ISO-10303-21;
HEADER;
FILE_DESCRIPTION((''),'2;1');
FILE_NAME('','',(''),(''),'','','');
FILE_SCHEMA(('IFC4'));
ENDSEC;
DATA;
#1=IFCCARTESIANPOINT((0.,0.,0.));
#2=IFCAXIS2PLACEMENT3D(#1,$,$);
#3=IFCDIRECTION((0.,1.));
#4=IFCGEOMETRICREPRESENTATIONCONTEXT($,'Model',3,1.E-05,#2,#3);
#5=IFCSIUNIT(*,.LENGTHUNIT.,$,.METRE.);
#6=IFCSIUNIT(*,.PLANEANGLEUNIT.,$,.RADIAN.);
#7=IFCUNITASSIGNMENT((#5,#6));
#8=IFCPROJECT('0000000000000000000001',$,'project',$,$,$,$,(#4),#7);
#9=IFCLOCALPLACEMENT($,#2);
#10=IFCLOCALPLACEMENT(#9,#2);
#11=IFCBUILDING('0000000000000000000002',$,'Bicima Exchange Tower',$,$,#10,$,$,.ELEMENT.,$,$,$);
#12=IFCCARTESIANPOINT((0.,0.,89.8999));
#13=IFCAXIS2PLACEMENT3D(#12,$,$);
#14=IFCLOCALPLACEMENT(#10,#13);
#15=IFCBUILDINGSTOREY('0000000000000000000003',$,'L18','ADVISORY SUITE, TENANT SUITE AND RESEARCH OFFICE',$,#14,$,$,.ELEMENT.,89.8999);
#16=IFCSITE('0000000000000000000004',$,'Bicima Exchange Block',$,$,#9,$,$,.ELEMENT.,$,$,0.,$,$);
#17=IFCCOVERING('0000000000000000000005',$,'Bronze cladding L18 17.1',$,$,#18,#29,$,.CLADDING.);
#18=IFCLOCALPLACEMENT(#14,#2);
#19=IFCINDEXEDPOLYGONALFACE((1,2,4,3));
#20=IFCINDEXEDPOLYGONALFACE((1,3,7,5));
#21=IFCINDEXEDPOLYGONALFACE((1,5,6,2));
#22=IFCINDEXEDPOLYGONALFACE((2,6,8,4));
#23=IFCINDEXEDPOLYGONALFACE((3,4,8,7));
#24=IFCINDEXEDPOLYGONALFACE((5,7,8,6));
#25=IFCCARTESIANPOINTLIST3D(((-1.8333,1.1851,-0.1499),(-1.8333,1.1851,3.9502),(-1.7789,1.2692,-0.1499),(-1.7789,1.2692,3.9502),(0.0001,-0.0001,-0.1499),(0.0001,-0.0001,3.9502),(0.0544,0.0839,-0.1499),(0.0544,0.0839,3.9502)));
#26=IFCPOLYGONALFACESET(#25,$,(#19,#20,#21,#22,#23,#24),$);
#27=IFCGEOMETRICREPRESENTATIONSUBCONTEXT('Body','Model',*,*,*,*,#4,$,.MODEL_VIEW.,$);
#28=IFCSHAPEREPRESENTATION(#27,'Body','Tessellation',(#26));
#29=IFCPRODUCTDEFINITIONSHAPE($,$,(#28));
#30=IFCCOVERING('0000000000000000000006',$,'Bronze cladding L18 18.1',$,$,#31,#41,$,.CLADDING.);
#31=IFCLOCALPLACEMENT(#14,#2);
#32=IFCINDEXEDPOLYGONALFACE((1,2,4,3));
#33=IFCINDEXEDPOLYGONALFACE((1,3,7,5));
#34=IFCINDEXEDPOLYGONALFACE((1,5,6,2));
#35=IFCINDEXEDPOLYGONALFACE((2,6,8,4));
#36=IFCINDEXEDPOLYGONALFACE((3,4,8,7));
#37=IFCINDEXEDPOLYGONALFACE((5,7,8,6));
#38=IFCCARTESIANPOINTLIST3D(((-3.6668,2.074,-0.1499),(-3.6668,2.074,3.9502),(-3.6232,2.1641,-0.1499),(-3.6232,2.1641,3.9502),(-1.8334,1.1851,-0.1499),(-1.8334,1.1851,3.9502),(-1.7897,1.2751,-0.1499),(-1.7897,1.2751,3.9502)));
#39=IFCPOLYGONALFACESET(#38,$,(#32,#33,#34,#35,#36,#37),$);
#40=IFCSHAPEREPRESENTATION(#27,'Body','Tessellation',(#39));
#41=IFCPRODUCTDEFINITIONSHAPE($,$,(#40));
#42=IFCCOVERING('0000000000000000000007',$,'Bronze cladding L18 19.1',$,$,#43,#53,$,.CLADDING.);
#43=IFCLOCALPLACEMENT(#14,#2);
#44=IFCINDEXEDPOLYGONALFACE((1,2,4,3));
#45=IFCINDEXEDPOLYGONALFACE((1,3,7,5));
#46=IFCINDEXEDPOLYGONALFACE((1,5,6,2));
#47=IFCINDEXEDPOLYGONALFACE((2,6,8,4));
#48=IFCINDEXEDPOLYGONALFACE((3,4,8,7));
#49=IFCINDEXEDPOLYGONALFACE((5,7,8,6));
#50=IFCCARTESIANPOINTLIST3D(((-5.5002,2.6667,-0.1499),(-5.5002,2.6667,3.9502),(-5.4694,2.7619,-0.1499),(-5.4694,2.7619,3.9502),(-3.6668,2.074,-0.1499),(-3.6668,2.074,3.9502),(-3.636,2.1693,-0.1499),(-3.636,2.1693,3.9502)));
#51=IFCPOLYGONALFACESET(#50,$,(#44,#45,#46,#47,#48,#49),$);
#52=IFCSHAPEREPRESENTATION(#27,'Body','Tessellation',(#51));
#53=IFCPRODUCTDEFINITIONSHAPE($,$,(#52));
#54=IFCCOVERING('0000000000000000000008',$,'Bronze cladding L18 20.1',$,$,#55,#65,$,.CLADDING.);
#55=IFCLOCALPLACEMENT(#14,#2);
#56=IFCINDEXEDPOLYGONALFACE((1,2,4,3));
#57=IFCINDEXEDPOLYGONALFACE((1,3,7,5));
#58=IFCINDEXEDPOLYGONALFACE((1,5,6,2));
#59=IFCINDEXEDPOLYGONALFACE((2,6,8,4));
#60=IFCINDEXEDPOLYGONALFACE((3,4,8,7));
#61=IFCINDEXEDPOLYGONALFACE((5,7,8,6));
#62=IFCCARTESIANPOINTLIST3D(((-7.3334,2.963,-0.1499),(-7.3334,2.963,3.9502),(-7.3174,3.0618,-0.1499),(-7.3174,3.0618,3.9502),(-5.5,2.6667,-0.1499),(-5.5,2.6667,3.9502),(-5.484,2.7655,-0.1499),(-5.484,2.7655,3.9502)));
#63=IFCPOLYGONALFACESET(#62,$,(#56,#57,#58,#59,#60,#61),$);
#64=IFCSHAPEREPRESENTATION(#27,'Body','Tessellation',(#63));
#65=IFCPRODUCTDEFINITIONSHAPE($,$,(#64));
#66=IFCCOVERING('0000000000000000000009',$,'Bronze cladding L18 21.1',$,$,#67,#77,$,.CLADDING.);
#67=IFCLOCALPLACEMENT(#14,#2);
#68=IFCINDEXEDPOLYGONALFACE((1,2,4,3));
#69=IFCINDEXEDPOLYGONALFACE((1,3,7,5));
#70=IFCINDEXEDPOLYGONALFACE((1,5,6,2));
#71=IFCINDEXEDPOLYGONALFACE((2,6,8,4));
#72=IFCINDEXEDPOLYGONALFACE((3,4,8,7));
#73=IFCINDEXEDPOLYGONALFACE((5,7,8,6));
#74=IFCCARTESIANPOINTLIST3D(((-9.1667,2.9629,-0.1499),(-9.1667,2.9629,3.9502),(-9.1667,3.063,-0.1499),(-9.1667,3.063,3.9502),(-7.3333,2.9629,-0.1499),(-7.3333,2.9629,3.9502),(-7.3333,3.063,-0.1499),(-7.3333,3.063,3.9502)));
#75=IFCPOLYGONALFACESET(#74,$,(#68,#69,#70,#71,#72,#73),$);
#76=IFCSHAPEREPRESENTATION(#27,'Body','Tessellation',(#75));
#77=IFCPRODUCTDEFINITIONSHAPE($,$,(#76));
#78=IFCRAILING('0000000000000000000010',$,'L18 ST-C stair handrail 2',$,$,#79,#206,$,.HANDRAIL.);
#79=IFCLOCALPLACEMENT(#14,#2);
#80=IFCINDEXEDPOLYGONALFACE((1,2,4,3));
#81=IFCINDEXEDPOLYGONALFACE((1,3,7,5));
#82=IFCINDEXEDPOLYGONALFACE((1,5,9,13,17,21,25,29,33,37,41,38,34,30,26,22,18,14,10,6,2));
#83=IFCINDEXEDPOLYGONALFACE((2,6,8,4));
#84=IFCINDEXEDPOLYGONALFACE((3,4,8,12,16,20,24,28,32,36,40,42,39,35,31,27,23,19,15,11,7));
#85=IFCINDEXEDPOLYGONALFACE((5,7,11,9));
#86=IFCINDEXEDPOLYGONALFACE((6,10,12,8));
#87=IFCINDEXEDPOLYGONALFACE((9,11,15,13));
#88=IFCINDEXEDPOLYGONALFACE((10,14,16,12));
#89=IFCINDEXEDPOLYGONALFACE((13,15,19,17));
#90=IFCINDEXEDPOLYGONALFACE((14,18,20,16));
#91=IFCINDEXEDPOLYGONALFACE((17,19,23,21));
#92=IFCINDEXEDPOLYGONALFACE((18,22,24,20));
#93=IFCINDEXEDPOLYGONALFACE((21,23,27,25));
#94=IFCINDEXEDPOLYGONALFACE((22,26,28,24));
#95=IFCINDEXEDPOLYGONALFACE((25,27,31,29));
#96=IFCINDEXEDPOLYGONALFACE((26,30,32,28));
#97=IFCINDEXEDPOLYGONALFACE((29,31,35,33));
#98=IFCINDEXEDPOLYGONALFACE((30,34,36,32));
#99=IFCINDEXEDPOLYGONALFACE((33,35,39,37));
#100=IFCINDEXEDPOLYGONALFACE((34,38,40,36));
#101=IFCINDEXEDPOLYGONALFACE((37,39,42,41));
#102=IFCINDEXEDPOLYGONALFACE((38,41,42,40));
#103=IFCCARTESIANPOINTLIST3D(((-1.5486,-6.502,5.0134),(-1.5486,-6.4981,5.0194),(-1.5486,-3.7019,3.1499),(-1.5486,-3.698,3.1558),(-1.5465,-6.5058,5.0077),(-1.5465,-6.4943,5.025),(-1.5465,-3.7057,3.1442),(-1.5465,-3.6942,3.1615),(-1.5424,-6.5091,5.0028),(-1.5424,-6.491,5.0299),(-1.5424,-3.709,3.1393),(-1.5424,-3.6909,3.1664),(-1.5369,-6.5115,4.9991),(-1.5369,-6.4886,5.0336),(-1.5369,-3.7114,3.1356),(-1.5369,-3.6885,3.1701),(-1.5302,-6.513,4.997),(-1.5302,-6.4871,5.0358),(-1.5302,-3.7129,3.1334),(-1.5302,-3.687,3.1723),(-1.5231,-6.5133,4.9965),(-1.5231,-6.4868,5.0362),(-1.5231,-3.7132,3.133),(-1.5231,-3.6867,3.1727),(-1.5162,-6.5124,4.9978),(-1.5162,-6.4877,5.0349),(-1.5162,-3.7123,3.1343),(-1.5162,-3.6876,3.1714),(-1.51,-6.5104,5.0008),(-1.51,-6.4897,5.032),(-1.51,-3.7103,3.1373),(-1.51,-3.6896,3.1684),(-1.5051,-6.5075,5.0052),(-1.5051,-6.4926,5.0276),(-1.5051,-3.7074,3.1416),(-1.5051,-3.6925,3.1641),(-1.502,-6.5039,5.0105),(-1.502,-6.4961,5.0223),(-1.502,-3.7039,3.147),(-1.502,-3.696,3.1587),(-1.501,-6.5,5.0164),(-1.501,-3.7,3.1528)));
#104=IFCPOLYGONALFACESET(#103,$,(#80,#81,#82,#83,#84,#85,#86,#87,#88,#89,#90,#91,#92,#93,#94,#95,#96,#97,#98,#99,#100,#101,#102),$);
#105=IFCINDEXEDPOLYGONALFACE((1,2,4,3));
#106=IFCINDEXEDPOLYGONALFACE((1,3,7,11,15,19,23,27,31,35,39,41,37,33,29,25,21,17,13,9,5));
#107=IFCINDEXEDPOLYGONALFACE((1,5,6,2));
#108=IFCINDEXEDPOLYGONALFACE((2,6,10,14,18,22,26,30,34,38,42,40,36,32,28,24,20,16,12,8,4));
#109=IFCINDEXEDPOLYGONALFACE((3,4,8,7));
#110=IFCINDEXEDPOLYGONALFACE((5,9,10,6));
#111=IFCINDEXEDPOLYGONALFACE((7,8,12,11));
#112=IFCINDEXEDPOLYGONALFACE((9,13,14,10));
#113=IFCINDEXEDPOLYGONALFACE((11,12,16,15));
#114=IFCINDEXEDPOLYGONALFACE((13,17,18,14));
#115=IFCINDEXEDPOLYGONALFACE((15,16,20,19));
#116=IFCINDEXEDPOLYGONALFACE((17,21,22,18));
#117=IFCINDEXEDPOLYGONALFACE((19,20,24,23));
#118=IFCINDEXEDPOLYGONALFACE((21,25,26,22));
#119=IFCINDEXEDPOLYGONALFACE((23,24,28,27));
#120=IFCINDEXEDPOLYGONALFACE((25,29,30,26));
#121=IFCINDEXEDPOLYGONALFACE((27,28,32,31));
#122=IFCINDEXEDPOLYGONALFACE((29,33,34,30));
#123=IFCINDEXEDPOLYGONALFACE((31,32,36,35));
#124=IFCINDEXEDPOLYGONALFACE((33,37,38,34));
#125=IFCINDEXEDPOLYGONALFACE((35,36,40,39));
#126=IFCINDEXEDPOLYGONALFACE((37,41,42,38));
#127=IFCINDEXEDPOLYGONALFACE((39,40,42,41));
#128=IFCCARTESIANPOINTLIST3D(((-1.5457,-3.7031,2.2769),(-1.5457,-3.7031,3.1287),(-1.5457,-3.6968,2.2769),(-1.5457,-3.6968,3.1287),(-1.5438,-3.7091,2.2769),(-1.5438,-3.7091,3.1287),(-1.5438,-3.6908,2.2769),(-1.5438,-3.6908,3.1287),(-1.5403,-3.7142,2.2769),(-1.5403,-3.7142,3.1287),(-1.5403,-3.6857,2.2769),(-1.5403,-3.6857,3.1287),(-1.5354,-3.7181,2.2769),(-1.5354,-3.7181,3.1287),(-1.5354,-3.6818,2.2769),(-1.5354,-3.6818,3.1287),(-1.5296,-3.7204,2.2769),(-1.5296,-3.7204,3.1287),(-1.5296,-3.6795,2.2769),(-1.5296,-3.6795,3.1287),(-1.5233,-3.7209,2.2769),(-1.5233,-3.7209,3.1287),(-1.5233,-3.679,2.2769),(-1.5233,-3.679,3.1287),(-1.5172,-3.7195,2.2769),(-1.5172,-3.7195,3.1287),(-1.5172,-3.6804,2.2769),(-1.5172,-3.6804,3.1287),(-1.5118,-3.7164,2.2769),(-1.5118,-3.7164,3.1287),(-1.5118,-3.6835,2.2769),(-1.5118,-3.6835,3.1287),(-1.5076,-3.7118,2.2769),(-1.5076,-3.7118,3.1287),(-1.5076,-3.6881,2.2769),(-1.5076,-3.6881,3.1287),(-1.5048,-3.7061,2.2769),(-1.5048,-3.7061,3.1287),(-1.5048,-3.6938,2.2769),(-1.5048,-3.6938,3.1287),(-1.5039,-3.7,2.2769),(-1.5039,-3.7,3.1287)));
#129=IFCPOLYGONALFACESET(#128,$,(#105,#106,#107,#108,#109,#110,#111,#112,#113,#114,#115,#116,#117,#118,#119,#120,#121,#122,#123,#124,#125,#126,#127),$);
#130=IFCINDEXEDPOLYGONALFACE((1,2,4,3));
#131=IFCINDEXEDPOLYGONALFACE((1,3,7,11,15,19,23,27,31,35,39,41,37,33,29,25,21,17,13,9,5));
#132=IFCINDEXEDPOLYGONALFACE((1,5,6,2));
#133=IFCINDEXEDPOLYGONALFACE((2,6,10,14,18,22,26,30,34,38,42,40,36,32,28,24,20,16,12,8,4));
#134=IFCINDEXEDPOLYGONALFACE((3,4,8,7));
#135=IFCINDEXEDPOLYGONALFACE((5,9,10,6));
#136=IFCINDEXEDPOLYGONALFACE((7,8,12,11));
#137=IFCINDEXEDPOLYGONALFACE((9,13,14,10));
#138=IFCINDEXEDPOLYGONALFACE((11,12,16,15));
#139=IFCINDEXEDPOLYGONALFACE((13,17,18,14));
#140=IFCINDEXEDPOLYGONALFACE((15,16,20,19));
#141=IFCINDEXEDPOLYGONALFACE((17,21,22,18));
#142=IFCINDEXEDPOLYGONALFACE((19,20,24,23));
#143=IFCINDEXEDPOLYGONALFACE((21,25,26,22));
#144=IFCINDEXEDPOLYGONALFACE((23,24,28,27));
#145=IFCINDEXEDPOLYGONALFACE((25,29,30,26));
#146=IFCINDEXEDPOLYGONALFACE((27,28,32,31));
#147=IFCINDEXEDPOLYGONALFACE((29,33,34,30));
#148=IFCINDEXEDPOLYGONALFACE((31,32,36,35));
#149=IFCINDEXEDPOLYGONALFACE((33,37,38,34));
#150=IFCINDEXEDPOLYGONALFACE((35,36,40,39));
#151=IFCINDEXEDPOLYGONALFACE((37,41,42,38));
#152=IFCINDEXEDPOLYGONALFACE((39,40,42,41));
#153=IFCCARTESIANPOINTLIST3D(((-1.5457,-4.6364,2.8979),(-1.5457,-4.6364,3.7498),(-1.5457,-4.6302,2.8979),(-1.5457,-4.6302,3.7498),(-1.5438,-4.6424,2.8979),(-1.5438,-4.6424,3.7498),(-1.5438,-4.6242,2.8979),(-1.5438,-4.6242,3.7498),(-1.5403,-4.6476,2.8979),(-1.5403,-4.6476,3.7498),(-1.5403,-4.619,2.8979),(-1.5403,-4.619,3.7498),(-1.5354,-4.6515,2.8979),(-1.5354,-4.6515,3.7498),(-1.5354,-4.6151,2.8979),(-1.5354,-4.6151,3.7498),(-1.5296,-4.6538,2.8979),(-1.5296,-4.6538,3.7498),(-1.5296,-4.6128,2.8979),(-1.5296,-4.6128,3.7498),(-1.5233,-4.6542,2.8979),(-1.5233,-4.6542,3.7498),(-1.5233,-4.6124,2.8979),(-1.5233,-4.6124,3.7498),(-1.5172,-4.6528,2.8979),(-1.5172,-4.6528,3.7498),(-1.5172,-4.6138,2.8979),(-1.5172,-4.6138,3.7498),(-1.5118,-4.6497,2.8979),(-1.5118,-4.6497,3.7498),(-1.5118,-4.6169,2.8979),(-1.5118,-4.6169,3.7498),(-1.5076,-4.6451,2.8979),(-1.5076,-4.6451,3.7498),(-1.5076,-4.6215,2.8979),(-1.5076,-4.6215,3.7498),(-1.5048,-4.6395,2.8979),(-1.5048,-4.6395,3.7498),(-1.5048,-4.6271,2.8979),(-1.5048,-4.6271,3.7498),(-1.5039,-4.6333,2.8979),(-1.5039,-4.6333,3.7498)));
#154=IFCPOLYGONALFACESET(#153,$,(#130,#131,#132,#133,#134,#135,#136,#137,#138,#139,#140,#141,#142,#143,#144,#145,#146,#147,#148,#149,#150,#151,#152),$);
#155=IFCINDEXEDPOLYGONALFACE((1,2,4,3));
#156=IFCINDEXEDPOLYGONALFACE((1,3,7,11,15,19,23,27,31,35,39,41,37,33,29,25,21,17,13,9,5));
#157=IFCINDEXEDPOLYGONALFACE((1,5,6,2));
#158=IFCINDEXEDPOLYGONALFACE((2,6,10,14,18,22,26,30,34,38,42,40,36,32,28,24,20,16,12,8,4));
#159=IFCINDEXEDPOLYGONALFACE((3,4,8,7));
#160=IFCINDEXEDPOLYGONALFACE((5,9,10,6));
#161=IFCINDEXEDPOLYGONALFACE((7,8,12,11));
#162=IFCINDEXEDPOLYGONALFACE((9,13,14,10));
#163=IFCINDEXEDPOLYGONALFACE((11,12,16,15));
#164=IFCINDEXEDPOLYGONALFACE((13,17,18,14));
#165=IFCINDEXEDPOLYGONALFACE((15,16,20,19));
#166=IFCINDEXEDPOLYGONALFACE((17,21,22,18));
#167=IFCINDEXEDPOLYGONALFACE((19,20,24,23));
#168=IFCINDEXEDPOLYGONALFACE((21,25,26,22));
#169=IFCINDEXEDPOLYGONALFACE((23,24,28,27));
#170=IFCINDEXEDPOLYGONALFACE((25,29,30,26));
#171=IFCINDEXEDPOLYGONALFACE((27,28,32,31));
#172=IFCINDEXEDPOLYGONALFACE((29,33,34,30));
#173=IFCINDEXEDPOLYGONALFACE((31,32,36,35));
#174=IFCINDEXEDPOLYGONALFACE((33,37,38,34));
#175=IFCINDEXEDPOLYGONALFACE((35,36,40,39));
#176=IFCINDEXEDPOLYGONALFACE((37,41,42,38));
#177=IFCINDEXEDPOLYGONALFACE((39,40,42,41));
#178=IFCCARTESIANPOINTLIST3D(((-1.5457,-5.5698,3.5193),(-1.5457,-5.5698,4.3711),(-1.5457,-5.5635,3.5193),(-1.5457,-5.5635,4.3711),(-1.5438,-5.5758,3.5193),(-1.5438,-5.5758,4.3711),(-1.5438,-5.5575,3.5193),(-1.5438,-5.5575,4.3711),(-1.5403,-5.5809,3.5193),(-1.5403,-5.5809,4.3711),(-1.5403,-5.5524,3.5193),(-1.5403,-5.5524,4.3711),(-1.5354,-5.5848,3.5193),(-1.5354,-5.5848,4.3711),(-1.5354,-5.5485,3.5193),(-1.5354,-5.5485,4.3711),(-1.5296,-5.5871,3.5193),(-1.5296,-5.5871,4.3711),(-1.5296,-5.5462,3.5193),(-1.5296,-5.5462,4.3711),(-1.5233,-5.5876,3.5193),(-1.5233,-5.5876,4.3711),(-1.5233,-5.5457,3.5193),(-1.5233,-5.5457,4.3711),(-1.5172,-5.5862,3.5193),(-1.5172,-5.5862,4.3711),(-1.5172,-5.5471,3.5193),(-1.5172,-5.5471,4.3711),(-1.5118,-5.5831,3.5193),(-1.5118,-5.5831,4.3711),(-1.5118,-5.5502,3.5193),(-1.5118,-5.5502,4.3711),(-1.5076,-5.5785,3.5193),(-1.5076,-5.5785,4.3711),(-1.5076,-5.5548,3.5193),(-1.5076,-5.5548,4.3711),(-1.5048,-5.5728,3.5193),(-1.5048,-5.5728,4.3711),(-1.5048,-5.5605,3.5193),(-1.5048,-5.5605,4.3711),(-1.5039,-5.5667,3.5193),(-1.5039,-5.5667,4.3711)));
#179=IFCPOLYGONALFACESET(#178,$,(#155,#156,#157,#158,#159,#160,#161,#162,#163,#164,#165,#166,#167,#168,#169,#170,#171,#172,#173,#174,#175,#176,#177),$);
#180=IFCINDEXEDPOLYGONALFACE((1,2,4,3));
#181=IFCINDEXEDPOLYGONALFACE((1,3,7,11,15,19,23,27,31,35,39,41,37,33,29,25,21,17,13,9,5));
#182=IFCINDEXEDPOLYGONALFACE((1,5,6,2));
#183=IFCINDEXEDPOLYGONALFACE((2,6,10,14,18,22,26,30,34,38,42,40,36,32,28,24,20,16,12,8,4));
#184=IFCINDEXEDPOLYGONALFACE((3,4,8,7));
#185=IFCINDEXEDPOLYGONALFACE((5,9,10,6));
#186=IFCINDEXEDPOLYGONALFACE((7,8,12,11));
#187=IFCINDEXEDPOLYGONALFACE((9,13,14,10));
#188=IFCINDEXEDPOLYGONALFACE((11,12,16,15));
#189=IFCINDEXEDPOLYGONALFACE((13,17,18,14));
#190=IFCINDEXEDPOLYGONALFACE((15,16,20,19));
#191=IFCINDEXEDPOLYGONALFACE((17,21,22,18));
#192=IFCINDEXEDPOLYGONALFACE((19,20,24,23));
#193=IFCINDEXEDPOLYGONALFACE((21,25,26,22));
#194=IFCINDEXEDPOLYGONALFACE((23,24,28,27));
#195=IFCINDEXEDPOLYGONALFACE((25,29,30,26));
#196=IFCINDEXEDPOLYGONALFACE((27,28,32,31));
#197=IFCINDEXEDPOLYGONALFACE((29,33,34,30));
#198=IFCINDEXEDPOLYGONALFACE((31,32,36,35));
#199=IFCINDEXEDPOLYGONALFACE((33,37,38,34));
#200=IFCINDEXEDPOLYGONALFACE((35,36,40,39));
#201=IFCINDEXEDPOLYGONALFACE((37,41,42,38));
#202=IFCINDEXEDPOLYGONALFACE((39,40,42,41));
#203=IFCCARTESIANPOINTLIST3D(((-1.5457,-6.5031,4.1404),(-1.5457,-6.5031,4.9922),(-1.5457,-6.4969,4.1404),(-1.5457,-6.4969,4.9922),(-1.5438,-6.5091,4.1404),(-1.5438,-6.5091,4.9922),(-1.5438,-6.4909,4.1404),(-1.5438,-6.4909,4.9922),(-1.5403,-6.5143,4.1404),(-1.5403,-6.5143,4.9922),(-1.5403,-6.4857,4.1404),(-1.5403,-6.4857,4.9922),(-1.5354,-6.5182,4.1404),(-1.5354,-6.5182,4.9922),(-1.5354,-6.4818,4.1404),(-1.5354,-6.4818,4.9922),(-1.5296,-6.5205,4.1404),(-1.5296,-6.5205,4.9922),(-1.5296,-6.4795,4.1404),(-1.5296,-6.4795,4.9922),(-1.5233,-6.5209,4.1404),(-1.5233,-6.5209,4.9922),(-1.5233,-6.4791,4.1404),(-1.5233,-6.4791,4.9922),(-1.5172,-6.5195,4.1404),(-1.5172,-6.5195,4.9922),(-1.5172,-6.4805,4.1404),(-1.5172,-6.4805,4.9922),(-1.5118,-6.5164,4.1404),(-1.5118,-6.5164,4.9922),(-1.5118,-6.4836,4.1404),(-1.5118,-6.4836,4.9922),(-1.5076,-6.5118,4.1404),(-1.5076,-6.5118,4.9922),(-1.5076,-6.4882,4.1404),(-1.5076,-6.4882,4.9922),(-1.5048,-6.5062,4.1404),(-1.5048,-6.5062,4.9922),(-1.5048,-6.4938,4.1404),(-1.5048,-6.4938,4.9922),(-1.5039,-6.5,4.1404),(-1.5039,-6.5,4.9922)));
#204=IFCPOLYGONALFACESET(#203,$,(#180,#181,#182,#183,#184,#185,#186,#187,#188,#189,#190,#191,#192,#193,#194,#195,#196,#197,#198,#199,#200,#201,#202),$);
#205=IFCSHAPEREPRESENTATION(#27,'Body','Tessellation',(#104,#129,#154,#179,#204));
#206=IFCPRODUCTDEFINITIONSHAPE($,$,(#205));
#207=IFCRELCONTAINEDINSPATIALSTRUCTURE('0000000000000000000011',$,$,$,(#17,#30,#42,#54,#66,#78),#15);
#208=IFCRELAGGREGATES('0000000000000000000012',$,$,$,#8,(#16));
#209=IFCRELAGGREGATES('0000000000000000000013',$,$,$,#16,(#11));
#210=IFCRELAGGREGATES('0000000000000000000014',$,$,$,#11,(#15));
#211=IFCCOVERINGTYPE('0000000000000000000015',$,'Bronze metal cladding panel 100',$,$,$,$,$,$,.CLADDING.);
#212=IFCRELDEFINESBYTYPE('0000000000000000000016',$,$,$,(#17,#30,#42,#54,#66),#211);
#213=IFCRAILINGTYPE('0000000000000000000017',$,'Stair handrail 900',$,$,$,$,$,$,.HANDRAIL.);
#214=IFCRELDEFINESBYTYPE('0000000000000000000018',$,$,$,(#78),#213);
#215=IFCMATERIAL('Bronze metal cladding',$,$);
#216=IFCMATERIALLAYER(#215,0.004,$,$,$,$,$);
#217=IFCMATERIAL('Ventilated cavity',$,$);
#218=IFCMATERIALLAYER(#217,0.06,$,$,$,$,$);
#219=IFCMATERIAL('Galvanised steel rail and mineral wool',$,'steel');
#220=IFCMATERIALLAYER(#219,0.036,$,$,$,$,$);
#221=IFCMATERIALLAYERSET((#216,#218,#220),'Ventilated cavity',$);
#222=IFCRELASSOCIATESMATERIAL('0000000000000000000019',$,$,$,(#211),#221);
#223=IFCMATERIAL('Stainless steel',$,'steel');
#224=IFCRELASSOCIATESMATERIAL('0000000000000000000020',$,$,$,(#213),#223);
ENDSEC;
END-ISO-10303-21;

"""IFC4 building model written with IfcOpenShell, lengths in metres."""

from ifc_helpers import new_model, si_unit, direction, frame, origin, origin_2d, place, context, subcontext, project, spatial, rectangle, circle, extrude, material, layer, layer_set, type_object, element, save


model = new_model("IFC4")

# Units and contexts
model_context = context("Model", 3, precision=1e-05, world=origin(), true_north=direction((0.0, 1.0)))
body_context = subcontext(model_context, "Body", "Model", "MODEL_VIEW")
ifc_project = project(units=[si_unit("LENGTHUNIT", "METRE"), si_unit("PLANEANGLEUNIT", "RADIAN")], contexts=[model_context])

# Site, building, storey
site_placement = place(None, origin())
site = spatial("IfcSite", under=ifc_project, at=site_placement, Name="Bicima Exchange Block", CompositionType="ELEMENT", RefElevation=0.0)
building_placement = place(site_placement, origin())
building = spatial("IfcBuilding", under=site, at=building_placement, Name="Bicima Exchange Tower", CompositionType="ELEMENT")
storey_placement = place(building_placement, frame((0.0, 0.0, 89.8999)))
storey = spatial("IfcBuildingStorey", under=building, at=storey_placement, Name="L18", Description="ADVISORY SUITE, TENANT SUITE AND RESEARCH OFFICE", CompositionType="ELEMENT", Elevation=89.8999)

# Coverings
ifc_material_1 = material(Name="Bronze metal cladding")
ifc_layer_1 = layer(ifc_material_1, 0.004)
ifc_material_2 = material(Name="Ventilated cavity")
ifc_layer_2 = layer(ifc_material_2, 0.06)
ifc_material_3 = material(Name="Galvanised steel rail and mineral wool", Category="steel")
ifc_layer_3 = layer(ifc_material_3, 0.036)
ifc_layer_set_1 = layer_set([ifc_layer_1, ifc_layer_2, ifc_layer_3], Name="Ventilated cavity")
covering_type = type_object("IfcCoveringType", Name="Bronze metal cladding panel 100", PredefinedType="CLADDING", material=ifc_layer_set_1)
covering_1_placement = place(storey_placement, frame((-0.8894, 0.6345, -0.1499), z_axis=(0.0, 0.0, 1.0), x_axis=(-0.83979, 0.542911, 0.0)))
element("IfcCovering", 1, at=covering_1_placement, inside=storey, type_object=covering_type, Name="Bronze cladding L18 17.1", PredefinedType="CLADDING", context=body_context, shape_type="SweptSolid", body=[
    extrude(rectangle(XDim=2.1831, YDim=0.1001, at=origin_2d()), origin(), (0.0, 0.0, 1.0), 4.1001),
])
covering_2_placement = place(storey_placement, frame((-2.7283, 1.6746, -0.1499), z_axis=(0.0, 0.0, 1.0), x_axis=(-0.899818, 0.436265, 0.0)))
element("IfcCovering", 2, at=covering_2_placement, inside=storey, type_object=covering_type, Name="Bronze cladding L18 18.1", PredefinedType="CLADDING", context=body_context, shape_type="SweptSolid", body=[
    extrude(rectangle(XDim=2.0376, YDim=0.1001, at=origin_2d()), origin(), (0.0, 0.0, 1.0), 4.1001),
])
covering_3_placement = place(storey_placement, frame((-4.5681, 2.418, -0.1499), z_axis=(0.0, 0.0, 1.0), x_axis=(-0.951525, 0.307573, 0.0)))
element("IfcCovering", 3, at=covering_3_placement, inside=storey, type_object=covering_type, Name="Bronze cladding L18 19.1", PredefinedType="CLADDING", context=body_context, shape_type="SweptSolid", body=[
    extrude(rectangle(XDim=1.9268, YDim=0.1001, at=origin_2d()), origin(), (0.0, 0.0, 1.0), 4.1001),
])
covering_4_placement = place(storey_placement, frame((-6.4087, 2.8643, -0.1499), z_axis=(0.0, 0.0, 1.0), x_axis=(-0.98719, 0.15955, 0.0)))
element("IfcCovering", 4, at=covering_4_placement, inside=storey, type_object=covering_type, Name="Bronze cladding L18 20.1", PredefinedType="CLADDING", context=body_context, shape_type="SweptSolid", body=[
    extrude(rectangle(XDim=1.8572, YDim=0.1001, at=origin_2d()), origin(), (0.0, 0.0, 1.0), 4.1001),
])
covering_5_placement = place(storey_placement, frame((-8.25, 3.0129, -0.1499), z_axis=(0.0, 0.0, 1.0), x_axis=(-1.0, 0.0, 0.0)))
element("IfcCovering", 5, at=covering_5_placement, inside=storey, type_object=covering_type, Name="Bronze cladding L18 21.1", PredefinedType="CLADDING", context=body_context, shape_type="SweptSolid", body=[
    extrude(rectangle(XDim=1.8335, YDim=0.1001, at=origin_2d()), origin(), (0.0, 0.0, 1.0), 4.1001),
])

# Railing
ifc_material_4 = material(Name="Stainless steel", Category="steel")
railing_type = type_object("IfcRailingType", Name="Stair handrail 900", PredefinedType="HANDRAIL", material=ifc_material_4)
railing_placement = place(storey_placement, frame((-1.5249, -3.7, 2.2769)))
element("IfcRailing", 6, at=railing_placement, inside=storey, type_object=railing_type, Name="L18 ST-C stair handrail 2", PredefinedType="HANDRAIL", context=body_context, shape_type="SweptSolid", body=[
    extrude(circle(Radius=0.0239, at=origin_2d()), frame((0.0, 0.0, 0.876), z_axis=(0.0, -0.832486, 0.554047), x_axis=(1.0, 0.0, 0.0)), (0.0, 0.0, 1.0), 3.3635),
    extrude(circle(Radius=0.021, at=origin_2d()), origin(), (0.0, 0.0, 1.0), 0.8518),
    extrude(circle(Radius=0.021, at=origin_2d()), frame((0.0, -0.9333, 0.6211)), (0.0, 0.0, 1.0), 0.8518),
    extrude(circle(Radius=0.021, at=origin_2d()), frame((0.0, -1.8667, 1.2424)), (0.0, 0.0, 1.0), 0.8518),
    extrude(circle(Radius=0.021, at=origin_2d()), frame((0.0, -2.8, 1.8635)), (0.0, 0.0, 1.0), 0.8518),
])

save(model, "model.ifc")
